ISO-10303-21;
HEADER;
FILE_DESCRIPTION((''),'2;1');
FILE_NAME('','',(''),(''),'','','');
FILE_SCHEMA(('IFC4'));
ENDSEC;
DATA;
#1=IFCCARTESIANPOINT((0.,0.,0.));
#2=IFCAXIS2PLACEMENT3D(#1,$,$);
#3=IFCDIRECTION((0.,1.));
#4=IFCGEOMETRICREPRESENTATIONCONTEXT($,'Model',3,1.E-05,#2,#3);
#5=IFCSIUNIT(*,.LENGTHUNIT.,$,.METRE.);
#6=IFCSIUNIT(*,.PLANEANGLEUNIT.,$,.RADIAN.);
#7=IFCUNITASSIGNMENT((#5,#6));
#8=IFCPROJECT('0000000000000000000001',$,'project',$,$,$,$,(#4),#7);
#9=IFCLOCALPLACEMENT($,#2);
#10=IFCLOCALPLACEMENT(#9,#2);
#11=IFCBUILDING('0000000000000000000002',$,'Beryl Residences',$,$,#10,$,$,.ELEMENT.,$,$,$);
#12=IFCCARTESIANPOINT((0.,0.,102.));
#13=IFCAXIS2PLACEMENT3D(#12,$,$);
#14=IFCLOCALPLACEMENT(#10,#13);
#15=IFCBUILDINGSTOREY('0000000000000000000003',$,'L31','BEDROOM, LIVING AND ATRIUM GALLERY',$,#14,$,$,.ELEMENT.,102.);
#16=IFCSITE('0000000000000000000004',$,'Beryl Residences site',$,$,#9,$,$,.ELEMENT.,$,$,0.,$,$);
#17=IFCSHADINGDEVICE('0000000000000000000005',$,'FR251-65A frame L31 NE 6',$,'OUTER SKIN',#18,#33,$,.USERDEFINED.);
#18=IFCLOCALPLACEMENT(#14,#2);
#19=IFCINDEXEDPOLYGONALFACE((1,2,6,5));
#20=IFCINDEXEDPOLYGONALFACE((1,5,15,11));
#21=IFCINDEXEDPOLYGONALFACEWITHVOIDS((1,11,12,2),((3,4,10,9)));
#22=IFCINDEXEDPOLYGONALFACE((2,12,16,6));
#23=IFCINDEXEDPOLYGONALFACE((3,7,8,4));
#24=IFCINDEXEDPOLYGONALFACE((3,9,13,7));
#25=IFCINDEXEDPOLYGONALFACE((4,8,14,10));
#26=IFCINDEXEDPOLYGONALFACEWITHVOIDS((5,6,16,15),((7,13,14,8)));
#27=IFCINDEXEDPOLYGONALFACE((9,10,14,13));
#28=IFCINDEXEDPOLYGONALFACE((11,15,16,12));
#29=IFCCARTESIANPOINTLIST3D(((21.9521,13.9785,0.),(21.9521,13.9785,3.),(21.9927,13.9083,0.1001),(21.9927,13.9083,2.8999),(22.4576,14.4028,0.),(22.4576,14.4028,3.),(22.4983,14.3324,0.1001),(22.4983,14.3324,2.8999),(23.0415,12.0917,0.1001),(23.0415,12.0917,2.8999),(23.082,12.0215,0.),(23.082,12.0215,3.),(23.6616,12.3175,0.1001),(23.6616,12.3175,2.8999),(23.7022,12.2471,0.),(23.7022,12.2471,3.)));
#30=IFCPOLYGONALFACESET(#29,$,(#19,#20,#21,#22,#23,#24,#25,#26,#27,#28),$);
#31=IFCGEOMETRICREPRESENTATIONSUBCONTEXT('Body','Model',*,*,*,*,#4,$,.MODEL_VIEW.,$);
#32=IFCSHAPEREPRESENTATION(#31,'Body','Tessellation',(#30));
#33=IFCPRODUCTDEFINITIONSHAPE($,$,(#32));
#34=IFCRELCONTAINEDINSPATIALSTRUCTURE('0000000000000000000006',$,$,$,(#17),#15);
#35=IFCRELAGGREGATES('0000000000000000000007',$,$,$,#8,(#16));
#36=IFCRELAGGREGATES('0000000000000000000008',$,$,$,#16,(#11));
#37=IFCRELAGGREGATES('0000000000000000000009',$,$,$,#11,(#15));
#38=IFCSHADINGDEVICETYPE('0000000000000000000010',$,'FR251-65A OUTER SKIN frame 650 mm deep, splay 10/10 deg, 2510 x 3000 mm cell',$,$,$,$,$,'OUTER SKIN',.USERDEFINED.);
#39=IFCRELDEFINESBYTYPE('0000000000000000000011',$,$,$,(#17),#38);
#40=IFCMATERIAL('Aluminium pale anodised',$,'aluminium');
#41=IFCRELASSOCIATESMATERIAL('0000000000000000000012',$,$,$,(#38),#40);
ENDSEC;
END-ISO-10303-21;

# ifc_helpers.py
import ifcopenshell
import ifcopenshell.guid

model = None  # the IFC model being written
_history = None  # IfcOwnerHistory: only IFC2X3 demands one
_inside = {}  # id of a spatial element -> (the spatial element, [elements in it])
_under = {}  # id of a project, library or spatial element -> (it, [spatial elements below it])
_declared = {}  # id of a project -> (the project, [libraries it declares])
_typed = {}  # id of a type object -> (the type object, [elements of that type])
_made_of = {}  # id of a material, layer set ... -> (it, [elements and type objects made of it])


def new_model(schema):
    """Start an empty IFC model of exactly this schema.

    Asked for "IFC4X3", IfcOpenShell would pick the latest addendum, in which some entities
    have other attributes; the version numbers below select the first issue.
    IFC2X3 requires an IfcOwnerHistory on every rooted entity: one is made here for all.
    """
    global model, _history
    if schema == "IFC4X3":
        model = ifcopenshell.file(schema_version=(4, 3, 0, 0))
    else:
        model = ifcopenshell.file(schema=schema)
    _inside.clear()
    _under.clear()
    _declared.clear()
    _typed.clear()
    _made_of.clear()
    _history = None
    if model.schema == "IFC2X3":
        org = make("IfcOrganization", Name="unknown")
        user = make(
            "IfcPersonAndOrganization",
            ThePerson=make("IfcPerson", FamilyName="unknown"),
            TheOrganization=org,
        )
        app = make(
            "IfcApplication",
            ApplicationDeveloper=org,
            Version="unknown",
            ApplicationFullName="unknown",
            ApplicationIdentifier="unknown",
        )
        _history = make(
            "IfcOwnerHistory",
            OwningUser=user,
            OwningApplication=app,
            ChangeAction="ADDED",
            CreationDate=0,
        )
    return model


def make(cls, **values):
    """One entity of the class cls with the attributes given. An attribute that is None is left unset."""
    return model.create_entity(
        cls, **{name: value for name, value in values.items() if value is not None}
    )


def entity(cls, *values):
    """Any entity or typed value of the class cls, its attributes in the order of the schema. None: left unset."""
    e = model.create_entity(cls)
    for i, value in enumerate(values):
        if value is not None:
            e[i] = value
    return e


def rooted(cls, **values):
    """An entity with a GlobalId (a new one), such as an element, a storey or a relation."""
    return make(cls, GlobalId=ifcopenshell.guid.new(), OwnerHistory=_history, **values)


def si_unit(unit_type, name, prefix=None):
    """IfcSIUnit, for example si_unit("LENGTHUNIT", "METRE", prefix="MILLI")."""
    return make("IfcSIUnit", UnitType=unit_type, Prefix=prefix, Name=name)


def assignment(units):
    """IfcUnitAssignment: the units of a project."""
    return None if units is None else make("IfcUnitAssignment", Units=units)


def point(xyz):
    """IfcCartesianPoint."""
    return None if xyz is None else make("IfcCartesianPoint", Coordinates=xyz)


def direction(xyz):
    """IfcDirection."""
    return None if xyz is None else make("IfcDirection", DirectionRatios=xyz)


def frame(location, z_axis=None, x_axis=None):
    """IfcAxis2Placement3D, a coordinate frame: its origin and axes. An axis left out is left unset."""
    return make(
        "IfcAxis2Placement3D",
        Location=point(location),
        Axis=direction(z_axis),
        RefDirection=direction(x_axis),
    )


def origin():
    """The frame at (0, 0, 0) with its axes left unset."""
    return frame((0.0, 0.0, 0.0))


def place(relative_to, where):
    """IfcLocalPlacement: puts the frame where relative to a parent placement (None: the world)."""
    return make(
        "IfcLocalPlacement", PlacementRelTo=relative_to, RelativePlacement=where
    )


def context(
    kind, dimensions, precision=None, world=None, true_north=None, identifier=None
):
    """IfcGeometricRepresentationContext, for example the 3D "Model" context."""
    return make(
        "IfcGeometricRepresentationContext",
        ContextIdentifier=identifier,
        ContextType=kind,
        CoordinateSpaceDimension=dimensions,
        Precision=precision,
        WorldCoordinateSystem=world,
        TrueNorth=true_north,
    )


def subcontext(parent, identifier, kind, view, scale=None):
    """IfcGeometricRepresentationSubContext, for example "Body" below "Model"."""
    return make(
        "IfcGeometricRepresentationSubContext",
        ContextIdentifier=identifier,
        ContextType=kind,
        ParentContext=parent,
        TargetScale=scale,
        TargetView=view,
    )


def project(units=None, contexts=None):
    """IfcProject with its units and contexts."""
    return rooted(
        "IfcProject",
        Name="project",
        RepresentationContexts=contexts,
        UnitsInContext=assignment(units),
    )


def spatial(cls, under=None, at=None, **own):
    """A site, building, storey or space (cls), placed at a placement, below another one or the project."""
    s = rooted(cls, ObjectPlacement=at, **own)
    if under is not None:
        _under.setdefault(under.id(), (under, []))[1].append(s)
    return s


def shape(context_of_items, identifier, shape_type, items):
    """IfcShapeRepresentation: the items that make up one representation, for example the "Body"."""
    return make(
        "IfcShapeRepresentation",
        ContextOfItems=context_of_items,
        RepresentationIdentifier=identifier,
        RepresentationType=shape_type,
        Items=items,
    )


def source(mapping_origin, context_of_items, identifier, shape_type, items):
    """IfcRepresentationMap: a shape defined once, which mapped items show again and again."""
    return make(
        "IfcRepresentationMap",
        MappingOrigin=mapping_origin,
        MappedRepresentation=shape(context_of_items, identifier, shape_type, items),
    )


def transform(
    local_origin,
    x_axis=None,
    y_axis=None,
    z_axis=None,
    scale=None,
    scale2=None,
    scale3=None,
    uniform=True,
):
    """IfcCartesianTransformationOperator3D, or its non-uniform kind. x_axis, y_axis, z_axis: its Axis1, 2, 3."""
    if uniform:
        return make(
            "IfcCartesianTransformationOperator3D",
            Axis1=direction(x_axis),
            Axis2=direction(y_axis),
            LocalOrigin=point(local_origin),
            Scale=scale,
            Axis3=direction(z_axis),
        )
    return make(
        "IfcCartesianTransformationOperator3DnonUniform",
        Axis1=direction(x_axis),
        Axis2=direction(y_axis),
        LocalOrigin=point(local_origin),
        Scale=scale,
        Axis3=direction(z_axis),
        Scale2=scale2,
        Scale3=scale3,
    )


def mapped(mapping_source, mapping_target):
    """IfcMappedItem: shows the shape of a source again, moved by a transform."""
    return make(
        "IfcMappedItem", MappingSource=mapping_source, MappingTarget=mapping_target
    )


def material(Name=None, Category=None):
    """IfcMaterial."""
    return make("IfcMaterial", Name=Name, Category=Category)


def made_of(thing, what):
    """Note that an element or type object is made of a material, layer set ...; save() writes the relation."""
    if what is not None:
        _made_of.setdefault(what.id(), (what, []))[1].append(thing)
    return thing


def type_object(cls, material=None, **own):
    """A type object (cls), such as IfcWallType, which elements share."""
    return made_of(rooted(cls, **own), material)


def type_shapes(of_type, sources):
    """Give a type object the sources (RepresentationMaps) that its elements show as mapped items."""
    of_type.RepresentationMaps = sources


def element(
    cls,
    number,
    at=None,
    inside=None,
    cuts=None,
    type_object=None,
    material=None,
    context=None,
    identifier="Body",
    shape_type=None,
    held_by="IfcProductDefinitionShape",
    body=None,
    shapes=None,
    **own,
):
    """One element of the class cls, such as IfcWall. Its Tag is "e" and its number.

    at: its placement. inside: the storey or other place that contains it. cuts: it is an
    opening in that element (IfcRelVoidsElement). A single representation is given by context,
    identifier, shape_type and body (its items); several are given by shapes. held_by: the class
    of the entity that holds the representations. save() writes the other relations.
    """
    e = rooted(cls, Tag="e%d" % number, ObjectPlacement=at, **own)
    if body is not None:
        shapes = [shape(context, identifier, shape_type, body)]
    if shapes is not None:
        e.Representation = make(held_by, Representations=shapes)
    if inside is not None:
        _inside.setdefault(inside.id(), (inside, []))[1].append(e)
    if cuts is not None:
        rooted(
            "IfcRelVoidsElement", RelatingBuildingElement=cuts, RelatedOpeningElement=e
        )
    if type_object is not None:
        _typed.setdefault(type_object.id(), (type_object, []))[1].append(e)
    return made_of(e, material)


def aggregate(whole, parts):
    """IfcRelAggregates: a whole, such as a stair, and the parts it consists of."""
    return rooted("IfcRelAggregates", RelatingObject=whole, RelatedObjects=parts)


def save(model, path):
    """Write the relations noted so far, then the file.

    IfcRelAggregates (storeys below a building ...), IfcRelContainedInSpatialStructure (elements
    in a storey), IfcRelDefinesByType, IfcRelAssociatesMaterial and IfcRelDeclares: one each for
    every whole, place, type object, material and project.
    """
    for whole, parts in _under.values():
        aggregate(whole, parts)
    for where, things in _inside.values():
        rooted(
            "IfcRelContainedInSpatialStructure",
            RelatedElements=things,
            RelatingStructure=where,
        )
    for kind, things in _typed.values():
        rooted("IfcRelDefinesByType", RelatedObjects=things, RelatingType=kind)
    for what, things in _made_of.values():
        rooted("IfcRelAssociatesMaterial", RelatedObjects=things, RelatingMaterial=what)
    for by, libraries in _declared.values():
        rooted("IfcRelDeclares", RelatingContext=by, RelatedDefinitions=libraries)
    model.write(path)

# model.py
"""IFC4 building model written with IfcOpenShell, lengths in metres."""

from ifc_helpers import new_model, entity, si_unit, direction, frame, origin, place, context, subcontext, project, spatial, source, transform, mapped, material, type_object, type_shapes, element, save


model = new_model("IFC4")

# Units and contexts
model_context = context("Model", 3, precision=1e-05, world=origin(), true_north=direction((0.0, 1.0)))
body_context = subcontext(model_context, "Body", "Model", "MODEL_VIEW")
ifc_project = project(units=[si_unit("LENGTHUNIT", "METRE"), si_unit("PLANEANGLEUNIT", "RADIAN")], contexts=[model_context])

# Site, building, storey
site_placement = place(None, origin())
site = spatial("IfcSite", under=ifc_project, at=site_placement, Name="Beryl Residences site", CompositionType="ELEMENT", RefElevation=0.0)
building_placement = place(site_placement, origin())
building = spatial("IfcBuilding", under=site, at=building_placement, Name="Beryl Residences", CompositionType="ELEMENT")
storey_placement = place(building_placement, frame((0.0, 0.0, 102.0)))
storey = spatial("IfcBuildingStorey", under=building, at=storey_placement, Name="L31", Description="BEDROOM, LIVING AND ATRIUM GALLERY", CompositionType="ELEMENT", Elevation=102.0)

# Shading device
ifc_material_1 = material(Name="Aluminium pale anodised", Category="aluminium")
shading_device_type = type_object("IfcShadingDeviceType", Name="FR251-65A OUTER SKIN frame 650 mm deep, splay 10/10 deg, 2510 x 3000 mm cell", ElementType="OUTER SKIN", PredefinedType="USERDEFINED", material=ifc_material_1)
cartesian_point_1 = entity("IfcCartesianPoint", [-1.1299, 0.0])
cartesian_point_2 = entity("IfcCartesianPoint", [-1.0488, 0.1001])
cartesian_point_3 = entity("IfcCartesianPoint", [-1.2446, 0.0])
cartesian_point_4 = entity("IfcCartesianPoint", [-1.1633, 0.1001])
shared_shape = source(origin(), body_context, "Body", "SweptSolid", [
    entity("IfcExtrudedAreaSolidTapered", entity("IfcArbitraryProfileDefWithVoids", "AREA", None, entity("IfcPolyline", [cartesian_point_1, entity("IfcCartesianPoint", [1.1299, 0.0]), entity("IfcCartesianPoint", [1.1299, 3.0]), entity("IfcCartesianPoint", [-1.1299, 3.0]), cartesian_point_1]), [entity("IfcPolyline", [cartesian_point_2, entity("IfcCartesianPoint", [1.0488, 0.1001]), entity("IfcCartesianPoint", [1.0488, 2.8999]), entity("IfcCartesianPoint", [-1.0488, 2.8999]), cartesian_point_2])]), entity("IfcAxis2Placement3D", entity("IfcCartesianPoint", [0.0, 0.0, 0.0]), entity("IfcDirection", [0.0, 1.0, 0.0]), entity("IfcDirection", [-1.0, 0.0, 0.0])), entity("IfcDirection", [0.0, 0.0, 1.0]), 0.6499, entity("IfcArbitraryProfileDefWithVoids", "AREA", None, entity("IfcPolyline", [cartesian_point_3, entity("IfcCartesianPoint", [1.2446, 0.0]), entity("IfcCartesianPoint", [1.2446, 3.0]), entity("IfcCartesianPoint", [-1.2446, 3.0]), cartesian_point_3]), [entity("IfcPolyline", [cartesian_point_4, entity("IfcCartesianPoint", [1.1633, 0.1001]), entity("IfcCartesianPoint", [1.1633, 2.8999]), entity("IfcCartesianPoint", [-1.1633, 2.8999]), cartesian_point_4])])),
])
type_shapes(shading_device_type, [shared_shape])
for number, where, z_axis, x_axis, name in (
    (1, (22.5171, 13.0, 0.0), (0.0, 0.0, 1.0), (0.5, -0.866025, 0.0), "FR251-65A frame L31 NE 6"),
):
    element("IfcShadingDevice", number, at=place(storey_placement, frame(where, z_axis=z_axis, x_axis=x_axis)), inside=storey, type_object=shading_device_type, Name=name, ObjectType="OUTER SKIN", PredefinedType="USERDEFINED", context=body_context, shape_type="MappedRepresentation", body=[
        mapped(shared_shape, transform((0.0, 0.0, 0.0))),
    ])

save(model, "model.ifc")
